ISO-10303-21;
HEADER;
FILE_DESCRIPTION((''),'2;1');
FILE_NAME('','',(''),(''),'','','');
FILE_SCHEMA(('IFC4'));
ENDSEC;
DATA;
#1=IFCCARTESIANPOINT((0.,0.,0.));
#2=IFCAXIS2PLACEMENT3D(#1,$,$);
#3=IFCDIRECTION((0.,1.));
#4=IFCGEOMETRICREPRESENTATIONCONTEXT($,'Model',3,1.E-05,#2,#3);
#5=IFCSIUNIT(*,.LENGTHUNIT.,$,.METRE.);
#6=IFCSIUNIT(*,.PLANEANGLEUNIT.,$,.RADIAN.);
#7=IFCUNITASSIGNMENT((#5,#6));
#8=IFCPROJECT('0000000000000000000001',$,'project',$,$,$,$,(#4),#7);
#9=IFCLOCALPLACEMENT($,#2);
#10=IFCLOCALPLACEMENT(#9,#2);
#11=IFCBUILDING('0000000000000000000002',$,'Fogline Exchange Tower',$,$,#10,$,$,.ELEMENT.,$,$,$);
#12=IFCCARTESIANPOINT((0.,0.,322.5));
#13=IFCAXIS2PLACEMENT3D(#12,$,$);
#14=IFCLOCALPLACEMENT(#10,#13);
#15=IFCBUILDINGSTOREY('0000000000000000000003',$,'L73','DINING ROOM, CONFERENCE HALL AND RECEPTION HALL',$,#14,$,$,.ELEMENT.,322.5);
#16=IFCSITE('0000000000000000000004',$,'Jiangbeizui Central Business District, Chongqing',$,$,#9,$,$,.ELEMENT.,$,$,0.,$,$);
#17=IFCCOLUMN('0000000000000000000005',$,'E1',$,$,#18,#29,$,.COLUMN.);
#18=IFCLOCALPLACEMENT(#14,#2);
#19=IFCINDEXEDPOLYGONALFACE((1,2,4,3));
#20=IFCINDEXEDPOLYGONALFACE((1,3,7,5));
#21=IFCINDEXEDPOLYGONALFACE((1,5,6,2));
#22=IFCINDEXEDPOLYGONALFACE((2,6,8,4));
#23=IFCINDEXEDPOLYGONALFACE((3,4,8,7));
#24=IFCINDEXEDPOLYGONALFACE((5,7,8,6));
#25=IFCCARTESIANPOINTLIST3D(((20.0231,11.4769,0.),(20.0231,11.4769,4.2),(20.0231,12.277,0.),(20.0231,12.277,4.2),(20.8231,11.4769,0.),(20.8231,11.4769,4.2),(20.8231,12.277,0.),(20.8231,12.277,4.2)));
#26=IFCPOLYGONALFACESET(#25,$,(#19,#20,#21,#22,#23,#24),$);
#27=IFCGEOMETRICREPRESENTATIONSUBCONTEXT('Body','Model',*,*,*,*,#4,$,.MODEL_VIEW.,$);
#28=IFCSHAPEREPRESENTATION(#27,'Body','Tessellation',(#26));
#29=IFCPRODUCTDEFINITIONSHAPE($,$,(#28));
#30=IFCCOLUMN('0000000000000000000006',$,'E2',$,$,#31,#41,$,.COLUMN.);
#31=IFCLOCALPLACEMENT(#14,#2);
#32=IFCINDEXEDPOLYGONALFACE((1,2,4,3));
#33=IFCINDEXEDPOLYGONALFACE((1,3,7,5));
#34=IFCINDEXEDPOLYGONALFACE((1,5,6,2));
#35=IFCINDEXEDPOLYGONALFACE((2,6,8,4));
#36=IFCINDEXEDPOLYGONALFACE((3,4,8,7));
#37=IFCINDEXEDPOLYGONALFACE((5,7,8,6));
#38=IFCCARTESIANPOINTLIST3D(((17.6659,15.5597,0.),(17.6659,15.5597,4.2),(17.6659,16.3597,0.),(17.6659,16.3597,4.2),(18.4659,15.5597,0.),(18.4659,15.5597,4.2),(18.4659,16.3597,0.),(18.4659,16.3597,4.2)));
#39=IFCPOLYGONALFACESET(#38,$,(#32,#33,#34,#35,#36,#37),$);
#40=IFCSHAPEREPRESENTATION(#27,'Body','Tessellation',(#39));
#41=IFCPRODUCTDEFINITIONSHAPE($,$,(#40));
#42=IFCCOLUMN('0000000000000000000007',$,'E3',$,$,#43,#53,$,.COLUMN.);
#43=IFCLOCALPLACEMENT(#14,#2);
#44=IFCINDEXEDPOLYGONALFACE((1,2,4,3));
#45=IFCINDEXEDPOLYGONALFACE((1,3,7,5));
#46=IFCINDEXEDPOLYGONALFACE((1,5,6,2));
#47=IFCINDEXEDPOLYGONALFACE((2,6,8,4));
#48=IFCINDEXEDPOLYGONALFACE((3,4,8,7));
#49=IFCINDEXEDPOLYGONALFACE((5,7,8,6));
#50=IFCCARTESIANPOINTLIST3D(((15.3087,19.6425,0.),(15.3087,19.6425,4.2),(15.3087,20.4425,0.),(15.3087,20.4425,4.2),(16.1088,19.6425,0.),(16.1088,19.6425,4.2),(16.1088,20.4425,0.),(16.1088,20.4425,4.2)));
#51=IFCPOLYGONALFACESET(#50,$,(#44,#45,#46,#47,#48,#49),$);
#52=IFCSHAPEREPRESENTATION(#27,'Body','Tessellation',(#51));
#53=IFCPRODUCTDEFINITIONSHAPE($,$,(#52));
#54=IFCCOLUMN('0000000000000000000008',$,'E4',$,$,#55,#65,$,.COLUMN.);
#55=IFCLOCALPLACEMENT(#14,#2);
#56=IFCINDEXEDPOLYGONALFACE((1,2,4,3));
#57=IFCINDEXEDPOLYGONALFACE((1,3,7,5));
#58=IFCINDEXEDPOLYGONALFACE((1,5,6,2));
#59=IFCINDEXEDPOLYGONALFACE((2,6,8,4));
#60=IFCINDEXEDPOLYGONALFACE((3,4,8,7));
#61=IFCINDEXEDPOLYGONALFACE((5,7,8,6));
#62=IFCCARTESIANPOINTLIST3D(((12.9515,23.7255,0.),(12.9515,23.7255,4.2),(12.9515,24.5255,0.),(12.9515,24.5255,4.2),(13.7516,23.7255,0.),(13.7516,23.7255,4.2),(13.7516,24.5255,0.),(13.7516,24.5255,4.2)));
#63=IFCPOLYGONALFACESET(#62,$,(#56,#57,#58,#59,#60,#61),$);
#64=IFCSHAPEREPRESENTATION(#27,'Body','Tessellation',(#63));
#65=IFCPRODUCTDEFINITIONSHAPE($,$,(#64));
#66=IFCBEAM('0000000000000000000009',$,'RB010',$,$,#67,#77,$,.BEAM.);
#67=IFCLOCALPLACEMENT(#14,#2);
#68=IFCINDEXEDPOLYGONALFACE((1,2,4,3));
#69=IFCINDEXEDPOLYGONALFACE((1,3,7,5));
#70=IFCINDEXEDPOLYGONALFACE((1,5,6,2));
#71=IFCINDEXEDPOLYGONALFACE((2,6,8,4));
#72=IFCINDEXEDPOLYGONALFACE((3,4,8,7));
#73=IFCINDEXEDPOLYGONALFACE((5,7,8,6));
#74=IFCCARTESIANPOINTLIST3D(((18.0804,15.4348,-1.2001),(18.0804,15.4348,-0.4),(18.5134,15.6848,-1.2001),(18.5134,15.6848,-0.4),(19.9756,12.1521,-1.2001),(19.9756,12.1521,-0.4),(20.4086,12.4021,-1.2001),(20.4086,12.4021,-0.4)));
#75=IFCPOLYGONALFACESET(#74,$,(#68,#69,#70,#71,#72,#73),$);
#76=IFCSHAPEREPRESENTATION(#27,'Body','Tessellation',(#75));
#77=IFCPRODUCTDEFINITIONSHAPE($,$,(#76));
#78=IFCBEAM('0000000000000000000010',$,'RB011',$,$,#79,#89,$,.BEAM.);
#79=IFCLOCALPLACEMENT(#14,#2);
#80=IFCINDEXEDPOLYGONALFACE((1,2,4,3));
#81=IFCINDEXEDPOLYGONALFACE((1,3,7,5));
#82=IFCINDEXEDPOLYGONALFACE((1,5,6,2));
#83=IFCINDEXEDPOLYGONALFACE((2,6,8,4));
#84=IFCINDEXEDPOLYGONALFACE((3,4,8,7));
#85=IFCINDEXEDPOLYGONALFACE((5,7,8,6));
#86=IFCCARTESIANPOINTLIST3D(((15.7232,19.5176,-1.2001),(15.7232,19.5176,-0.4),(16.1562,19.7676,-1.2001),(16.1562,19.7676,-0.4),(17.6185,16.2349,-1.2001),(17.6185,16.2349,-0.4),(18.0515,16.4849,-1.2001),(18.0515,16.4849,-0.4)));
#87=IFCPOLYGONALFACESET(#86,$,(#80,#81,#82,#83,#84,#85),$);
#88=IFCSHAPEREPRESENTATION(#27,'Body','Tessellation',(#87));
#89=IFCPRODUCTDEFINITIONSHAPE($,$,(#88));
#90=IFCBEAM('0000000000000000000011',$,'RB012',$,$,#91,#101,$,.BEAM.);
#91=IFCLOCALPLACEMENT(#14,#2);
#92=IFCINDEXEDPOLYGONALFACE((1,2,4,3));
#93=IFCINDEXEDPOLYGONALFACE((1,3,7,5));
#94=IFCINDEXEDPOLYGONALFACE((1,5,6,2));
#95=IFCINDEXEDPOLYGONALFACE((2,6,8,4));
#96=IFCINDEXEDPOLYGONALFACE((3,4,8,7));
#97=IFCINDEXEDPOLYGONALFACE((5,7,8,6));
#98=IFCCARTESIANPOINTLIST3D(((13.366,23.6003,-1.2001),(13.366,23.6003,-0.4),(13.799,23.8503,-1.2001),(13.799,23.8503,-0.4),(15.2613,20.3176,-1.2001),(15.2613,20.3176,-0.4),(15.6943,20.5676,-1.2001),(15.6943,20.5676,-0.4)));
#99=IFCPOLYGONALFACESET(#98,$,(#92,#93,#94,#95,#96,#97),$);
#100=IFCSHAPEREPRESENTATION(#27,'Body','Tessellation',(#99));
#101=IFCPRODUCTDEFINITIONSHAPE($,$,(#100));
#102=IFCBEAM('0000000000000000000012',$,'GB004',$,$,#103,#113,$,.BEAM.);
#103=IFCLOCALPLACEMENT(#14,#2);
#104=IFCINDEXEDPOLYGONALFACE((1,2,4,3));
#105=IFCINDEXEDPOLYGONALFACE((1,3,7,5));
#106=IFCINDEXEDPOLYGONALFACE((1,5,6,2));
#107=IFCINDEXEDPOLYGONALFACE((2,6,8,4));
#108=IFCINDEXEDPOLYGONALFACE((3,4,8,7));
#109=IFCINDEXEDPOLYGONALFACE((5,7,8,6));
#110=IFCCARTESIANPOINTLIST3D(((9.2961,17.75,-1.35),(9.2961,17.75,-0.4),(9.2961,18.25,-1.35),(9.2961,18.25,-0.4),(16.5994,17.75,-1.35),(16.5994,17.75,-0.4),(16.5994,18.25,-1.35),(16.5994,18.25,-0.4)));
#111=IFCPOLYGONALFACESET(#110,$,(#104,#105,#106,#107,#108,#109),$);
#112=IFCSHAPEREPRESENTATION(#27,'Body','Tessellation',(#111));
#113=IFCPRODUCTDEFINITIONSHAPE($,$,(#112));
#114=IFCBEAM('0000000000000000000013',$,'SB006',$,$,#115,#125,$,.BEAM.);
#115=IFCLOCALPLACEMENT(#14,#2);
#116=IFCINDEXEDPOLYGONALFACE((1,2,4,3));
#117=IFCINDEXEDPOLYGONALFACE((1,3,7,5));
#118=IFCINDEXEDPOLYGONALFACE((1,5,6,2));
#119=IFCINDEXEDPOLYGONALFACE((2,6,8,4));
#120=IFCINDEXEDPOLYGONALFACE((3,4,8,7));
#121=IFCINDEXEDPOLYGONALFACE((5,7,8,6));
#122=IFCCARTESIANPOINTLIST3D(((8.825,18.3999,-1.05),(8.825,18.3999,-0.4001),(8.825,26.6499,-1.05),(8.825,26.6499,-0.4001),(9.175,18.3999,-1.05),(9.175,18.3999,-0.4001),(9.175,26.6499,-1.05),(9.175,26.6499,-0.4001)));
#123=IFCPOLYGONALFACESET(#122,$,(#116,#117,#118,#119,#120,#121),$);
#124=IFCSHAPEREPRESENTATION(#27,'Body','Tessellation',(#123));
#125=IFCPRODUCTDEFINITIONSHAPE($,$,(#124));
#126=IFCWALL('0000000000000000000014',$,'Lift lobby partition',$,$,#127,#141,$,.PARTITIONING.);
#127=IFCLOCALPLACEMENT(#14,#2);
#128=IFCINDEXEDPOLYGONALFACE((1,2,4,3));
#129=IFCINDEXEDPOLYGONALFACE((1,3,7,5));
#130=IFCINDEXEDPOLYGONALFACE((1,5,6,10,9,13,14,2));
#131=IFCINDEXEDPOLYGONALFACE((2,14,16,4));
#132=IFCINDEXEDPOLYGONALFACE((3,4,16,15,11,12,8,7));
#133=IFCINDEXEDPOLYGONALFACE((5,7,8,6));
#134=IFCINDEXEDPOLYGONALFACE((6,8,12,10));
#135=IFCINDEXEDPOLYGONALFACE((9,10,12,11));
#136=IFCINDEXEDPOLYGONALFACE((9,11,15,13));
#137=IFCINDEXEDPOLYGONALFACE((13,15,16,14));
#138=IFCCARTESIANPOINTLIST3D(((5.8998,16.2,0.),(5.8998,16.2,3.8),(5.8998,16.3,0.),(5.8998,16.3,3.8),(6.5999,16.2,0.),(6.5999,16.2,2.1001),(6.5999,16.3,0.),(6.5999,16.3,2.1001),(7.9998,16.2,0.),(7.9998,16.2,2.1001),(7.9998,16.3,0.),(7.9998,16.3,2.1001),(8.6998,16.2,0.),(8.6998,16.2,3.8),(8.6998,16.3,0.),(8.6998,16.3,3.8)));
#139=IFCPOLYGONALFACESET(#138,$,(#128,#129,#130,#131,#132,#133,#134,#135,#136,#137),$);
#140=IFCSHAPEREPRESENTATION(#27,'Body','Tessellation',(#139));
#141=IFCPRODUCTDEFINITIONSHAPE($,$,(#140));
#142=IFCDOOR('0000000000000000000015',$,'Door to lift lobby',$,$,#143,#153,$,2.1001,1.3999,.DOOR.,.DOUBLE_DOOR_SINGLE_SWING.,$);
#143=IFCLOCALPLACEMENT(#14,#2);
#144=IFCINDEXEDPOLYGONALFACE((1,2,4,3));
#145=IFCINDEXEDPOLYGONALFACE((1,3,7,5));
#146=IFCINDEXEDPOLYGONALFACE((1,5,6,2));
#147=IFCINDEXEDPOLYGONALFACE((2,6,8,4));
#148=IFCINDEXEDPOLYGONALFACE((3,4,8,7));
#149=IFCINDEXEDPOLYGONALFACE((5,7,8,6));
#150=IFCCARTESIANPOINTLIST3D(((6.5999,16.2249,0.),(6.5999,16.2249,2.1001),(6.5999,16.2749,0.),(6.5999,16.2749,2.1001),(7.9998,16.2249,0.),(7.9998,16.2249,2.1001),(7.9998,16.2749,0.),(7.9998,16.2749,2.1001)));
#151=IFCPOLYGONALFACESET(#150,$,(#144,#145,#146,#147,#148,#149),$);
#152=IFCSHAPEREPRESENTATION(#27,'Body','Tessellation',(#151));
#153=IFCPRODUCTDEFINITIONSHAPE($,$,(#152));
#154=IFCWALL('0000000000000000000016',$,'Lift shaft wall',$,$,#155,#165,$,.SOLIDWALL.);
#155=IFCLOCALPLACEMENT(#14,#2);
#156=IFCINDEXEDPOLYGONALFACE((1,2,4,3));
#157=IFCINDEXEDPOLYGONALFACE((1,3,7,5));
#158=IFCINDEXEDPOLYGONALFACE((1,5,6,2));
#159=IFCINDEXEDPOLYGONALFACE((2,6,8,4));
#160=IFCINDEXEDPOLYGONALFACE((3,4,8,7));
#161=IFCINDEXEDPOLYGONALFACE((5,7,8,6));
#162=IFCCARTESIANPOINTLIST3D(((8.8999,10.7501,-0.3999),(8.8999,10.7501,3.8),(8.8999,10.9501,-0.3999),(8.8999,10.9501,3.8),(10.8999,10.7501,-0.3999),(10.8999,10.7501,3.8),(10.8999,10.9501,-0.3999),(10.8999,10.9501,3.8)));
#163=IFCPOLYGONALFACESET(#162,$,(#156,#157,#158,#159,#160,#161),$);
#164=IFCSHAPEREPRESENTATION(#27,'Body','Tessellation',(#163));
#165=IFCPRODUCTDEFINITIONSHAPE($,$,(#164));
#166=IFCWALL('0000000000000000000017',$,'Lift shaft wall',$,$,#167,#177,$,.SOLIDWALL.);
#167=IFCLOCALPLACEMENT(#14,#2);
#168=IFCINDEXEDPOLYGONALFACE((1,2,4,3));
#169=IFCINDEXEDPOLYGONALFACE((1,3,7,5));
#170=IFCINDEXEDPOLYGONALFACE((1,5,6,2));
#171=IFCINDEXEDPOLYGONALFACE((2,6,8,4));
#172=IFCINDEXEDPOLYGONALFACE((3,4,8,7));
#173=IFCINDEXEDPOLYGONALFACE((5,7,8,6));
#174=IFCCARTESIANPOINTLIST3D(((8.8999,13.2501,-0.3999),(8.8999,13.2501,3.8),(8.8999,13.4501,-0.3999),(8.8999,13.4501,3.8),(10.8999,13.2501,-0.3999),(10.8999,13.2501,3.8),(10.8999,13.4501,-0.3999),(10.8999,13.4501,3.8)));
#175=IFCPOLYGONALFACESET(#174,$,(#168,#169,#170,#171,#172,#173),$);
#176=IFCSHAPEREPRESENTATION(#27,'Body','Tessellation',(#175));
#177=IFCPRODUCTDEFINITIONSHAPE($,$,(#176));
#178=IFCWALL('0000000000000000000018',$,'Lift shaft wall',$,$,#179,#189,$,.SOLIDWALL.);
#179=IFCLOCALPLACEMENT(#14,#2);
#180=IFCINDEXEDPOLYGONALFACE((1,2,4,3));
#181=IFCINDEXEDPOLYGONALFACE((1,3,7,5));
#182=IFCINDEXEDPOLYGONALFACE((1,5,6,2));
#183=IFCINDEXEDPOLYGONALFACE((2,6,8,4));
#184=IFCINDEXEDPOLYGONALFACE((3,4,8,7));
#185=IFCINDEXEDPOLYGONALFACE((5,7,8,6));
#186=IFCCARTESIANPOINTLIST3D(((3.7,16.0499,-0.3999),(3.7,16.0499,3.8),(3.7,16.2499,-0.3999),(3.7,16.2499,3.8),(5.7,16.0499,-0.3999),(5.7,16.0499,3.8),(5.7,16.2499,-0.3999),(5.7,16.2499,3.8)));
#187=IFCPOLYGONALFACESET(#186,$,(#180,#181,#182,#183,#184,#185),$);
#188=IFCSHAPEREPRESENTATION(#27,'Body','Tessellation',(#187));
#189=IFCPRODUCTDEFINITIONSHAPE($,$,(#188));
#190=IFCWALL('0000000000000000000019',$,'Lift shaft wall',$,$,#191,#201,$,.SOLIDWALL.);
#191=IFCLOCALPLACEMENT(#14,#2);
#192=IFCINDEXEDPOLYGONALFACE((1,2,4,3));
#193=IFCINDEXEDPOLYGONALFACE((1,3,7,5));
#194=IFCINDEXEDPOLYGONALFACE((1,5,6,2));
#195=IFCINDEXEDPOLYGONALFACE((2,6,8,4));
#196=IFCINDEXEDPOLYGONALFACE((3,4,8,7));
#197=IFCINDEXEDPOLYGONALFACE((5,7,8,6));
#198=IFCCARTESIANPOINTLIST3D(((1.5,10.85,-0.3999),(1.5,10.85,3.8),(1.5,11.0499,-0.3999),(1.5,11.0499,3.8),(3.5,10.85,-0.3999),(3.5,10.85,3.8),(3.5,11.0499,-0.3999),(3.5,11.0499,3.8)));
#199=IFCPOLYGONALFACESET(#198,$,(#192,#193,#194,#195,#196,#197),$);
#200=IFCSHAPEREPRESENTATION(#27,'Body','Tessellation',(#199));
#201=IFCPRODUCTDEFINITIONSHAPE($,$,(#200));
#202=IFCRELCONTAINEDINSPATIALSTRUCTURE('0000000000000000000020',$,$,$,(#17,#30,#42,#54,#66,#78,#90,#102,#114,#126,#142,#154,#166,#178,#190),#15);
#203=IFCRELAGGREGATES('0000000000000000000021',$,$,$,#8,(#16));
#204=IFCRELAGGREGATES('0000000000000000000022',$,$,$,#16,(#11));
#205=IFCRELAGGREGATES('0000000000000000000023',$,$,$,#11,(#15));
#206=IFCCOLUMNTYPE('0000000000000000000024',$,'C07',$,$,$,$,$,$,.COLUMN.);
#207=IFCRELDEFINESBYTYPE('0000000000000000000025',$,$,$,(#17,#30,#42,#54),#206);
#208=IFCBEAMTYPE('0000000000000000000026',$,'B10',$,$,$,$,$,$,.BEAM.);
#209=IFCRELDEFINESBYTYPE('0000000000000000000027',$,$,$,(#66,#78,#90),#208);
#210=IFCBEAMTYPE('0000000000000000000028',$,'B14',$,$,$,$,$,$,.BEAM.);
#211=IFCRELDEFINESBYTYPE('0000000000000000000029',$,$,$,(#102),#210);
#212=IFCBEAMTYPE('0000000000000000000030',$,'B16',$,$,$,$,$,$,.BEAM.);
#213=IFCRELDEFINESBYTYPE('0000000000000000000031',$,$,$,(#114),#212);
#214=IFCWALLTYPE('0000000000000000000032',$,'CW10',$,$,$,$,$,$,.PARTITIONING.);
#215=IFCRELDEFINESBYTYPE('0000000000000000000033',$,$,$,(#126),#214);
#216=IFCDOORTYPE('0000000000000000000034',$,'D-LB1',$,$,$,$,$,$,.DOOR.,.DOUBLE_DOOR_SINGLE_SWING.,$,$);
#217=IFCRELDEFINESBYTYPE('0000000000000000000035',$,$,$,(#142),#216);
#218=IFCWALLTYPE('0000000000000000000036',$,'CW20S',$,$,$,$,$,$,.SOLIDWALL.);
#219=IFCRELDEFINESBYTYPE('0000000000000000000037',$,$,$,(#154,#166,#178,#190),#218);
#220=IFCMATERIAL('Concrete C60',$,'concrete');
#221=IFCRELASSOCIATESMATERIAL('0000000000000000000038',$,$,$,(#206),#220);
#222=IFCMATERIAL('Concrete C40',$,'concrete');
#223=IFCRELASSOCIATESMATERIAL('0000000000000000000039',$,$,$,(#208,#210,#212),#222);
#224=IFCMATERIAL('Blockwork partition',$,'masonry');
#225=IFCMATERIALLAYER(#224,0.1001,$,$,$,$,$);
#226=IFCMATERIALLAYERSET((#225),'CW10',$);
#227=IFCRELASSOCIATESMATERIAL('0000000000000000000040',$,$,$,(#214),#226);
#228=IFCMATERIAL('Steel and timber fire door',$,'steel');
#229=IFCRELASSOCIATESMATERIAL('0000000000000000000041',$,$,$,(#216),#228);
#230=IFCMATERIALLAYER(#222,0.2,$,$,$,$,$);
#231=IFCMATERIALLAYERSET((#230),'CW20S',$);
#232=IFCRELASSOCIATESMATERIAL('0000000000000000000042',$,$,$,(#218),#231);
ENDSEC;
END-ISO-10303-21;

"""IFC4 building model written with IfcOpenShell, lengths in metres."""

from ifc_helpers import new_model, si_unit, direction, frame, frame_2d, origin, origin_2d, place, context, subcontext, project, spatial, rectangle, extrude, material, layer, layer_set, material_profile, profile_set, type_object, element, fill, save


model = new_model("IFC4")

# Units and contexts
model_context = context("Model", 3, precision=1e-05, world=origin(), true_north=direction((0.0, 1.0)))
body_context = subcontext(model_context, "Body", "Model", "MODEL_VIEW")
ifc_project = project(units=[si_unit("LENGTHUNIT", "METRE"), si_unit("PLANEANGLEUNIT", "RADIAN")], contexts=[model_context])

# Site, building, storey
site_placement = place(None, origin())
site = spatial("IfcSite", under=ifc_project, at=site_placement, Name="Jiangbeizui Central Business District, Chongqing", CompositionType="ELEMENT", RefElevation=0.0)
building_placement = place(site_placement, origin())
building = spatial("IfcBuilding", under=site, at=building_placement, Name="Fogline Exchange Tower", CompositionType="ELEMENT")
storey_placement = place(building_placement, frame((0.0, 0.0, 322.5)))
storey = spatial("IfcBuildingStorey", under=building, at=storey_placement, Name="L73", Description="DINING ROOM, CONFERENCE HALL AND RECEPTION HALL", CompositionType="ELEMENT", Elevation=322.5)

# Columns
ifc_material_1 = material(Name="Concrete C60", Category="concrete")
ifc_material_profile_1 = material_profile(ifc_material_1, rectangle(XDim=0.8, YDim=0.8, at=origin_2d()), Name="RC 800x800")
ifc_profile_set_1 = profile_set([ifc_material_profile_1], Name="Concrete C60")
column_type = type_object("IfcColumnType", Name="C07", PredefinedType="COLUMN", material=ifc_profile_set_1)
for number, where, z_axis, x_axis, name in (
    (1, (20.4231, 11.877, 0.0), (0.0, 0.0, 1.0), (1.0, 0.0, 0.0), "E1"),
    (2, (18.0659, 15.9597, 0.0), (0.0, 0.0, 1.0), (1.0, 0.0, 0.0), "E2"),
    (3, (15.7087, 20.0425, 0.0), (0.0, 0.0, 1.0), (1.0, 0.0, 0.0), "E3"),
    (4, (13.3516, 24.1255, 0.0), (0.0, 0.0, 1.0), (1.0, 0.0, 0.0), "E4"),
):
    element("IfcColumn", number, at=place(storey_placement, frame(where, z_axis=z_axis, x_axis=x_axis)), inside=storey, type_object=column_type, Name=name, PredefinedType="COLUMN", context=body_context, shape_type="SweptSolid", body=[
        extrude(rectangle(XDim=0.8, YDim=0.8, at=origin_2d()), origin(), (0.0, 0.0, 1.0), 4.2),
    ])

# Beams
ifc_material_2 = material(Name="Concrete C40", Category="concrete")
ifc_material_profile_2 = material_profile(ifc_material_2, rectangle(XDim=0.5, YDim=0.8, at=origin_2d()), Name="RC 500x800")
ifc_profile_set_2 = profile_set([ifc_material_profile_2], Name="Concrete C40")
beam_type_1 = type_object("IfcBeamType", Name="B10", PredefinedType="BEAM", material=ifc_profile_set_2)
for number, where, z_axis, x_axis, name in (
    (5, (20.1921, 12.2771, -0.8), (-0.499998, 0.866027, 0.0), (-0.866027, -0.499998, 0.0), "RB010"),
    (6, (17.835, 16.3599, -0.8), (-0.499998, 0.866027, 0.0), (-0.866027, -0.499998, 0.0), "RB011"),
    (7, (15.4778, 20.4426, -0.8), (-0.499998, 0.866027, 0.0), (-0.866027, -0.499998, 0.0), "RB012"),
):
    element("IfcBeam", number, at=place(storey_placement, frame(where, z_axis=z_axis, x_axis=x_axis)), inside=storey, type_object=beam_type_1, Name=name, PredefinedType="BEAM", context=body_context, shape_type="SweptSolid", body=[
        extrude(rectangle(XDim=0.5, YDim=0.8, at=origin_2d()), origin(), (0.0, 0.0, 1.0), 3.7905),
    ])
ifc_material_profile_3 = material_profile(ifc_material_2, rectangle(XDim=0.5, YDim=0.95, at=origin_2d()), Name="RC 500x950")
ifc_profile_set_3 = profile_set([ifc_material_profile_3], Name="Concrete C40")
beam_type_2 = type_object("IfcBeamType", Name="B14", PredefinedType="BEAM", material=ifc_profile_set_3)
beam_1_placement = place(storey_placement, frame((9.2961, 18.0, -0.875), z_axis=(1.0, 0.0, 0.0), x_axis=(0.0, 1.0, 0.0)))
element("IfcBeam", 8, at=beam_1_placement, inside=storey, type_object=beam_type_2, Name="GB004", PredefinedType="BEAM", context=body_context, shape_type="SweptSolid", body=[
    extrude(rectangle(XDim=0.5, YDim=0.95, at=origin_2d()), origin(), (0.0, 0.0, 1.0), 7.3032),
])
ifc_material_profile_4 = material_profile(ifc_material_2, rectangle(XDim=0.3501, YDim=0.6499, at=origin_2d()), Name="RC 350x650")
ifc_profile_set_4 = profile_set([ifc_material_profile_4], Name="Concrete C40")
beam_type_3 = type_object("IfcBeamType", Name="B16", PredefinedType="BEAM", material=ifc_profile_set_4)
beam_2_placement = place(storey_placement, frame((9.0, 18.3999, -0.7251), z_axis=(0.0, 1.0, 0.0), x_axis=(-1.0, 0.0, 0.0)))
element("IfcBeam", 9, at=beam_2_placement, inside=storey, type_object=beam_type_3, Name="SB006", PredefinedType="BEAM", context=body_context, shape_type="SweptSolid", body=[
    extrude(rectangle(XDim=0.3501, YDim=0.6499, at=origin_2d()), origin(), (0.0, 0.0, 1.0), 8.25),
])

# Wall, opening, door
ifc_material_3 = material(Name="Blockwork partition", Category="masonry")
ifc_layer_1 = layer(ifc_material_3, 0.1001)
ifc_layer_set_1 = layer_set([ifc_layer_1], Name="CW10")
wall_type_1 = type_object("IfcWallType", Name="CW10", PredefinedType="PARTITIONING", material=ifc_layer_set_1)
wall_1_placement = place(storey_placement, frame((5.8999, 16.25, 0.0), z_axis=(0.0, 0.0, 1.0), x_axis=(1.0, 0.0, 0.0)))
wall_1 = element("IfcWall", 10, at=wall_1_placement, inside=storey, type_object=wall_type_1, Name="Lift lobby partition", PredefinedType="PARTITIONING", context=body_context, shape_type="SweptSolid", body=[
    extrude(rectangle(XDim=2.8, YDim=0.1001, at=frame_2d((1.3999, 0.0))), origin(), (0.0, 0.0, 1.0), 3.8),
])
opening_1_placement = place(wall_1_placement, frame((0.7, 0.0, 0.0)))
opening_1 = element("IfcOpeningElement", 11, at=opening_1_placement, cuts=wall_1, PredefinedType="OPENING", context=body_context, shape_type="SweptSolid", body=[
    extrude(rectangle(XDim=1.3999, YDim=2.1001, at=frame_2d((0.7, 1.05))), frame((0.0, 0.0601, 0.0), z_axis=(0.0, -1.0, 0.0), x_axis=(1.0, 0.0, 0.0)), (0.0, 0.0, 1.0), 0.1201),
])
ifc_material_4 = material(Name="Steel and timber fire door", Category="steel")
door_type_1 = type_object("IfcDoorType", Name="D-LB1", OperationType="DOUBLE_DOOR_SINGLE_SWING", PredefinedType="DOOR", material=ifc_material_4)
door_1_placement = place(opening_1_placement, origin())
door_1 = element("IfcDoor", 12, at=door_1_placement, inside=storey, type_object=door_type_1, Name="Door to lift lobby", OperationType="DOUBLE_DOOR_SINGLE_SWING", OverallHeight=2.1001, OverallWidth=1.3999, PredefinedType="DOOR", context=body_context, shape_type="SweptSolid", body=[
    extrude(rectangle(XDim=1.3999, YDim=2.1001, at=frame_2d((0.7, 1.05))), frame((0.0, 0.0249, 0.0), z_axis=(0.0, -1.0, 0.0), x_axis=(1.0, 0.0, 0.0)), (0.0, 0.0, 1.0), 0.05),
])
fill(opening_1, door_1)

# Walls
ifc_layer_2 = layer(ifc_material_2, 0.2)
ifc_layer_set_2 = layer_set([ifc_layer_2], Name="CW20S")
wall_type_2 = type_object("IfcWallType", Name="CW20S", PredefinedType="SOLIDWALL", material=ifc_layer_set_2)
for number, where, z_axis, x_axis, name in (
    (13, (8.8999, 10.8501, -0.3999), (0.0, 0.0, 1.0), (1.0, 0.0, 0.0), "Lift shaft wall"),
    (14, (8.8999, 13.3501, -0.3999), (0.0, 0.0, 1.0), (1.0, 0.0, 0.0), "Lift shaft wall"),
    (15, (3.7, 16.1499, -0.3999), (0.0, 0.0, 1.0), (1.0, 0.0, 0.0), "Lift shaft wall"),
    (16, (1.5, 10.95, -0.3999), (0.0, 0.0, 1.0), (1.0, 0.0, 0.0), "Lift shaft wall"),
):
    element("IfcWall", number, at=place(storey_placement, frame(where, z_axis=z_axis, x_axis=x_axis)), inside=storey, type_object=wall_type_2, Name=name, PredefinedType="SOLIDWALL", context=body_context, shape_type="SweptSolid", body=[
        extrude(rectangle(XDim=2.0, YDim=0.2, at=frame_2d((1.0, 0.0))), origin(), (0.0, 0.0, 1.0), 4.2),
    ])

save(model, "model.ifc")
